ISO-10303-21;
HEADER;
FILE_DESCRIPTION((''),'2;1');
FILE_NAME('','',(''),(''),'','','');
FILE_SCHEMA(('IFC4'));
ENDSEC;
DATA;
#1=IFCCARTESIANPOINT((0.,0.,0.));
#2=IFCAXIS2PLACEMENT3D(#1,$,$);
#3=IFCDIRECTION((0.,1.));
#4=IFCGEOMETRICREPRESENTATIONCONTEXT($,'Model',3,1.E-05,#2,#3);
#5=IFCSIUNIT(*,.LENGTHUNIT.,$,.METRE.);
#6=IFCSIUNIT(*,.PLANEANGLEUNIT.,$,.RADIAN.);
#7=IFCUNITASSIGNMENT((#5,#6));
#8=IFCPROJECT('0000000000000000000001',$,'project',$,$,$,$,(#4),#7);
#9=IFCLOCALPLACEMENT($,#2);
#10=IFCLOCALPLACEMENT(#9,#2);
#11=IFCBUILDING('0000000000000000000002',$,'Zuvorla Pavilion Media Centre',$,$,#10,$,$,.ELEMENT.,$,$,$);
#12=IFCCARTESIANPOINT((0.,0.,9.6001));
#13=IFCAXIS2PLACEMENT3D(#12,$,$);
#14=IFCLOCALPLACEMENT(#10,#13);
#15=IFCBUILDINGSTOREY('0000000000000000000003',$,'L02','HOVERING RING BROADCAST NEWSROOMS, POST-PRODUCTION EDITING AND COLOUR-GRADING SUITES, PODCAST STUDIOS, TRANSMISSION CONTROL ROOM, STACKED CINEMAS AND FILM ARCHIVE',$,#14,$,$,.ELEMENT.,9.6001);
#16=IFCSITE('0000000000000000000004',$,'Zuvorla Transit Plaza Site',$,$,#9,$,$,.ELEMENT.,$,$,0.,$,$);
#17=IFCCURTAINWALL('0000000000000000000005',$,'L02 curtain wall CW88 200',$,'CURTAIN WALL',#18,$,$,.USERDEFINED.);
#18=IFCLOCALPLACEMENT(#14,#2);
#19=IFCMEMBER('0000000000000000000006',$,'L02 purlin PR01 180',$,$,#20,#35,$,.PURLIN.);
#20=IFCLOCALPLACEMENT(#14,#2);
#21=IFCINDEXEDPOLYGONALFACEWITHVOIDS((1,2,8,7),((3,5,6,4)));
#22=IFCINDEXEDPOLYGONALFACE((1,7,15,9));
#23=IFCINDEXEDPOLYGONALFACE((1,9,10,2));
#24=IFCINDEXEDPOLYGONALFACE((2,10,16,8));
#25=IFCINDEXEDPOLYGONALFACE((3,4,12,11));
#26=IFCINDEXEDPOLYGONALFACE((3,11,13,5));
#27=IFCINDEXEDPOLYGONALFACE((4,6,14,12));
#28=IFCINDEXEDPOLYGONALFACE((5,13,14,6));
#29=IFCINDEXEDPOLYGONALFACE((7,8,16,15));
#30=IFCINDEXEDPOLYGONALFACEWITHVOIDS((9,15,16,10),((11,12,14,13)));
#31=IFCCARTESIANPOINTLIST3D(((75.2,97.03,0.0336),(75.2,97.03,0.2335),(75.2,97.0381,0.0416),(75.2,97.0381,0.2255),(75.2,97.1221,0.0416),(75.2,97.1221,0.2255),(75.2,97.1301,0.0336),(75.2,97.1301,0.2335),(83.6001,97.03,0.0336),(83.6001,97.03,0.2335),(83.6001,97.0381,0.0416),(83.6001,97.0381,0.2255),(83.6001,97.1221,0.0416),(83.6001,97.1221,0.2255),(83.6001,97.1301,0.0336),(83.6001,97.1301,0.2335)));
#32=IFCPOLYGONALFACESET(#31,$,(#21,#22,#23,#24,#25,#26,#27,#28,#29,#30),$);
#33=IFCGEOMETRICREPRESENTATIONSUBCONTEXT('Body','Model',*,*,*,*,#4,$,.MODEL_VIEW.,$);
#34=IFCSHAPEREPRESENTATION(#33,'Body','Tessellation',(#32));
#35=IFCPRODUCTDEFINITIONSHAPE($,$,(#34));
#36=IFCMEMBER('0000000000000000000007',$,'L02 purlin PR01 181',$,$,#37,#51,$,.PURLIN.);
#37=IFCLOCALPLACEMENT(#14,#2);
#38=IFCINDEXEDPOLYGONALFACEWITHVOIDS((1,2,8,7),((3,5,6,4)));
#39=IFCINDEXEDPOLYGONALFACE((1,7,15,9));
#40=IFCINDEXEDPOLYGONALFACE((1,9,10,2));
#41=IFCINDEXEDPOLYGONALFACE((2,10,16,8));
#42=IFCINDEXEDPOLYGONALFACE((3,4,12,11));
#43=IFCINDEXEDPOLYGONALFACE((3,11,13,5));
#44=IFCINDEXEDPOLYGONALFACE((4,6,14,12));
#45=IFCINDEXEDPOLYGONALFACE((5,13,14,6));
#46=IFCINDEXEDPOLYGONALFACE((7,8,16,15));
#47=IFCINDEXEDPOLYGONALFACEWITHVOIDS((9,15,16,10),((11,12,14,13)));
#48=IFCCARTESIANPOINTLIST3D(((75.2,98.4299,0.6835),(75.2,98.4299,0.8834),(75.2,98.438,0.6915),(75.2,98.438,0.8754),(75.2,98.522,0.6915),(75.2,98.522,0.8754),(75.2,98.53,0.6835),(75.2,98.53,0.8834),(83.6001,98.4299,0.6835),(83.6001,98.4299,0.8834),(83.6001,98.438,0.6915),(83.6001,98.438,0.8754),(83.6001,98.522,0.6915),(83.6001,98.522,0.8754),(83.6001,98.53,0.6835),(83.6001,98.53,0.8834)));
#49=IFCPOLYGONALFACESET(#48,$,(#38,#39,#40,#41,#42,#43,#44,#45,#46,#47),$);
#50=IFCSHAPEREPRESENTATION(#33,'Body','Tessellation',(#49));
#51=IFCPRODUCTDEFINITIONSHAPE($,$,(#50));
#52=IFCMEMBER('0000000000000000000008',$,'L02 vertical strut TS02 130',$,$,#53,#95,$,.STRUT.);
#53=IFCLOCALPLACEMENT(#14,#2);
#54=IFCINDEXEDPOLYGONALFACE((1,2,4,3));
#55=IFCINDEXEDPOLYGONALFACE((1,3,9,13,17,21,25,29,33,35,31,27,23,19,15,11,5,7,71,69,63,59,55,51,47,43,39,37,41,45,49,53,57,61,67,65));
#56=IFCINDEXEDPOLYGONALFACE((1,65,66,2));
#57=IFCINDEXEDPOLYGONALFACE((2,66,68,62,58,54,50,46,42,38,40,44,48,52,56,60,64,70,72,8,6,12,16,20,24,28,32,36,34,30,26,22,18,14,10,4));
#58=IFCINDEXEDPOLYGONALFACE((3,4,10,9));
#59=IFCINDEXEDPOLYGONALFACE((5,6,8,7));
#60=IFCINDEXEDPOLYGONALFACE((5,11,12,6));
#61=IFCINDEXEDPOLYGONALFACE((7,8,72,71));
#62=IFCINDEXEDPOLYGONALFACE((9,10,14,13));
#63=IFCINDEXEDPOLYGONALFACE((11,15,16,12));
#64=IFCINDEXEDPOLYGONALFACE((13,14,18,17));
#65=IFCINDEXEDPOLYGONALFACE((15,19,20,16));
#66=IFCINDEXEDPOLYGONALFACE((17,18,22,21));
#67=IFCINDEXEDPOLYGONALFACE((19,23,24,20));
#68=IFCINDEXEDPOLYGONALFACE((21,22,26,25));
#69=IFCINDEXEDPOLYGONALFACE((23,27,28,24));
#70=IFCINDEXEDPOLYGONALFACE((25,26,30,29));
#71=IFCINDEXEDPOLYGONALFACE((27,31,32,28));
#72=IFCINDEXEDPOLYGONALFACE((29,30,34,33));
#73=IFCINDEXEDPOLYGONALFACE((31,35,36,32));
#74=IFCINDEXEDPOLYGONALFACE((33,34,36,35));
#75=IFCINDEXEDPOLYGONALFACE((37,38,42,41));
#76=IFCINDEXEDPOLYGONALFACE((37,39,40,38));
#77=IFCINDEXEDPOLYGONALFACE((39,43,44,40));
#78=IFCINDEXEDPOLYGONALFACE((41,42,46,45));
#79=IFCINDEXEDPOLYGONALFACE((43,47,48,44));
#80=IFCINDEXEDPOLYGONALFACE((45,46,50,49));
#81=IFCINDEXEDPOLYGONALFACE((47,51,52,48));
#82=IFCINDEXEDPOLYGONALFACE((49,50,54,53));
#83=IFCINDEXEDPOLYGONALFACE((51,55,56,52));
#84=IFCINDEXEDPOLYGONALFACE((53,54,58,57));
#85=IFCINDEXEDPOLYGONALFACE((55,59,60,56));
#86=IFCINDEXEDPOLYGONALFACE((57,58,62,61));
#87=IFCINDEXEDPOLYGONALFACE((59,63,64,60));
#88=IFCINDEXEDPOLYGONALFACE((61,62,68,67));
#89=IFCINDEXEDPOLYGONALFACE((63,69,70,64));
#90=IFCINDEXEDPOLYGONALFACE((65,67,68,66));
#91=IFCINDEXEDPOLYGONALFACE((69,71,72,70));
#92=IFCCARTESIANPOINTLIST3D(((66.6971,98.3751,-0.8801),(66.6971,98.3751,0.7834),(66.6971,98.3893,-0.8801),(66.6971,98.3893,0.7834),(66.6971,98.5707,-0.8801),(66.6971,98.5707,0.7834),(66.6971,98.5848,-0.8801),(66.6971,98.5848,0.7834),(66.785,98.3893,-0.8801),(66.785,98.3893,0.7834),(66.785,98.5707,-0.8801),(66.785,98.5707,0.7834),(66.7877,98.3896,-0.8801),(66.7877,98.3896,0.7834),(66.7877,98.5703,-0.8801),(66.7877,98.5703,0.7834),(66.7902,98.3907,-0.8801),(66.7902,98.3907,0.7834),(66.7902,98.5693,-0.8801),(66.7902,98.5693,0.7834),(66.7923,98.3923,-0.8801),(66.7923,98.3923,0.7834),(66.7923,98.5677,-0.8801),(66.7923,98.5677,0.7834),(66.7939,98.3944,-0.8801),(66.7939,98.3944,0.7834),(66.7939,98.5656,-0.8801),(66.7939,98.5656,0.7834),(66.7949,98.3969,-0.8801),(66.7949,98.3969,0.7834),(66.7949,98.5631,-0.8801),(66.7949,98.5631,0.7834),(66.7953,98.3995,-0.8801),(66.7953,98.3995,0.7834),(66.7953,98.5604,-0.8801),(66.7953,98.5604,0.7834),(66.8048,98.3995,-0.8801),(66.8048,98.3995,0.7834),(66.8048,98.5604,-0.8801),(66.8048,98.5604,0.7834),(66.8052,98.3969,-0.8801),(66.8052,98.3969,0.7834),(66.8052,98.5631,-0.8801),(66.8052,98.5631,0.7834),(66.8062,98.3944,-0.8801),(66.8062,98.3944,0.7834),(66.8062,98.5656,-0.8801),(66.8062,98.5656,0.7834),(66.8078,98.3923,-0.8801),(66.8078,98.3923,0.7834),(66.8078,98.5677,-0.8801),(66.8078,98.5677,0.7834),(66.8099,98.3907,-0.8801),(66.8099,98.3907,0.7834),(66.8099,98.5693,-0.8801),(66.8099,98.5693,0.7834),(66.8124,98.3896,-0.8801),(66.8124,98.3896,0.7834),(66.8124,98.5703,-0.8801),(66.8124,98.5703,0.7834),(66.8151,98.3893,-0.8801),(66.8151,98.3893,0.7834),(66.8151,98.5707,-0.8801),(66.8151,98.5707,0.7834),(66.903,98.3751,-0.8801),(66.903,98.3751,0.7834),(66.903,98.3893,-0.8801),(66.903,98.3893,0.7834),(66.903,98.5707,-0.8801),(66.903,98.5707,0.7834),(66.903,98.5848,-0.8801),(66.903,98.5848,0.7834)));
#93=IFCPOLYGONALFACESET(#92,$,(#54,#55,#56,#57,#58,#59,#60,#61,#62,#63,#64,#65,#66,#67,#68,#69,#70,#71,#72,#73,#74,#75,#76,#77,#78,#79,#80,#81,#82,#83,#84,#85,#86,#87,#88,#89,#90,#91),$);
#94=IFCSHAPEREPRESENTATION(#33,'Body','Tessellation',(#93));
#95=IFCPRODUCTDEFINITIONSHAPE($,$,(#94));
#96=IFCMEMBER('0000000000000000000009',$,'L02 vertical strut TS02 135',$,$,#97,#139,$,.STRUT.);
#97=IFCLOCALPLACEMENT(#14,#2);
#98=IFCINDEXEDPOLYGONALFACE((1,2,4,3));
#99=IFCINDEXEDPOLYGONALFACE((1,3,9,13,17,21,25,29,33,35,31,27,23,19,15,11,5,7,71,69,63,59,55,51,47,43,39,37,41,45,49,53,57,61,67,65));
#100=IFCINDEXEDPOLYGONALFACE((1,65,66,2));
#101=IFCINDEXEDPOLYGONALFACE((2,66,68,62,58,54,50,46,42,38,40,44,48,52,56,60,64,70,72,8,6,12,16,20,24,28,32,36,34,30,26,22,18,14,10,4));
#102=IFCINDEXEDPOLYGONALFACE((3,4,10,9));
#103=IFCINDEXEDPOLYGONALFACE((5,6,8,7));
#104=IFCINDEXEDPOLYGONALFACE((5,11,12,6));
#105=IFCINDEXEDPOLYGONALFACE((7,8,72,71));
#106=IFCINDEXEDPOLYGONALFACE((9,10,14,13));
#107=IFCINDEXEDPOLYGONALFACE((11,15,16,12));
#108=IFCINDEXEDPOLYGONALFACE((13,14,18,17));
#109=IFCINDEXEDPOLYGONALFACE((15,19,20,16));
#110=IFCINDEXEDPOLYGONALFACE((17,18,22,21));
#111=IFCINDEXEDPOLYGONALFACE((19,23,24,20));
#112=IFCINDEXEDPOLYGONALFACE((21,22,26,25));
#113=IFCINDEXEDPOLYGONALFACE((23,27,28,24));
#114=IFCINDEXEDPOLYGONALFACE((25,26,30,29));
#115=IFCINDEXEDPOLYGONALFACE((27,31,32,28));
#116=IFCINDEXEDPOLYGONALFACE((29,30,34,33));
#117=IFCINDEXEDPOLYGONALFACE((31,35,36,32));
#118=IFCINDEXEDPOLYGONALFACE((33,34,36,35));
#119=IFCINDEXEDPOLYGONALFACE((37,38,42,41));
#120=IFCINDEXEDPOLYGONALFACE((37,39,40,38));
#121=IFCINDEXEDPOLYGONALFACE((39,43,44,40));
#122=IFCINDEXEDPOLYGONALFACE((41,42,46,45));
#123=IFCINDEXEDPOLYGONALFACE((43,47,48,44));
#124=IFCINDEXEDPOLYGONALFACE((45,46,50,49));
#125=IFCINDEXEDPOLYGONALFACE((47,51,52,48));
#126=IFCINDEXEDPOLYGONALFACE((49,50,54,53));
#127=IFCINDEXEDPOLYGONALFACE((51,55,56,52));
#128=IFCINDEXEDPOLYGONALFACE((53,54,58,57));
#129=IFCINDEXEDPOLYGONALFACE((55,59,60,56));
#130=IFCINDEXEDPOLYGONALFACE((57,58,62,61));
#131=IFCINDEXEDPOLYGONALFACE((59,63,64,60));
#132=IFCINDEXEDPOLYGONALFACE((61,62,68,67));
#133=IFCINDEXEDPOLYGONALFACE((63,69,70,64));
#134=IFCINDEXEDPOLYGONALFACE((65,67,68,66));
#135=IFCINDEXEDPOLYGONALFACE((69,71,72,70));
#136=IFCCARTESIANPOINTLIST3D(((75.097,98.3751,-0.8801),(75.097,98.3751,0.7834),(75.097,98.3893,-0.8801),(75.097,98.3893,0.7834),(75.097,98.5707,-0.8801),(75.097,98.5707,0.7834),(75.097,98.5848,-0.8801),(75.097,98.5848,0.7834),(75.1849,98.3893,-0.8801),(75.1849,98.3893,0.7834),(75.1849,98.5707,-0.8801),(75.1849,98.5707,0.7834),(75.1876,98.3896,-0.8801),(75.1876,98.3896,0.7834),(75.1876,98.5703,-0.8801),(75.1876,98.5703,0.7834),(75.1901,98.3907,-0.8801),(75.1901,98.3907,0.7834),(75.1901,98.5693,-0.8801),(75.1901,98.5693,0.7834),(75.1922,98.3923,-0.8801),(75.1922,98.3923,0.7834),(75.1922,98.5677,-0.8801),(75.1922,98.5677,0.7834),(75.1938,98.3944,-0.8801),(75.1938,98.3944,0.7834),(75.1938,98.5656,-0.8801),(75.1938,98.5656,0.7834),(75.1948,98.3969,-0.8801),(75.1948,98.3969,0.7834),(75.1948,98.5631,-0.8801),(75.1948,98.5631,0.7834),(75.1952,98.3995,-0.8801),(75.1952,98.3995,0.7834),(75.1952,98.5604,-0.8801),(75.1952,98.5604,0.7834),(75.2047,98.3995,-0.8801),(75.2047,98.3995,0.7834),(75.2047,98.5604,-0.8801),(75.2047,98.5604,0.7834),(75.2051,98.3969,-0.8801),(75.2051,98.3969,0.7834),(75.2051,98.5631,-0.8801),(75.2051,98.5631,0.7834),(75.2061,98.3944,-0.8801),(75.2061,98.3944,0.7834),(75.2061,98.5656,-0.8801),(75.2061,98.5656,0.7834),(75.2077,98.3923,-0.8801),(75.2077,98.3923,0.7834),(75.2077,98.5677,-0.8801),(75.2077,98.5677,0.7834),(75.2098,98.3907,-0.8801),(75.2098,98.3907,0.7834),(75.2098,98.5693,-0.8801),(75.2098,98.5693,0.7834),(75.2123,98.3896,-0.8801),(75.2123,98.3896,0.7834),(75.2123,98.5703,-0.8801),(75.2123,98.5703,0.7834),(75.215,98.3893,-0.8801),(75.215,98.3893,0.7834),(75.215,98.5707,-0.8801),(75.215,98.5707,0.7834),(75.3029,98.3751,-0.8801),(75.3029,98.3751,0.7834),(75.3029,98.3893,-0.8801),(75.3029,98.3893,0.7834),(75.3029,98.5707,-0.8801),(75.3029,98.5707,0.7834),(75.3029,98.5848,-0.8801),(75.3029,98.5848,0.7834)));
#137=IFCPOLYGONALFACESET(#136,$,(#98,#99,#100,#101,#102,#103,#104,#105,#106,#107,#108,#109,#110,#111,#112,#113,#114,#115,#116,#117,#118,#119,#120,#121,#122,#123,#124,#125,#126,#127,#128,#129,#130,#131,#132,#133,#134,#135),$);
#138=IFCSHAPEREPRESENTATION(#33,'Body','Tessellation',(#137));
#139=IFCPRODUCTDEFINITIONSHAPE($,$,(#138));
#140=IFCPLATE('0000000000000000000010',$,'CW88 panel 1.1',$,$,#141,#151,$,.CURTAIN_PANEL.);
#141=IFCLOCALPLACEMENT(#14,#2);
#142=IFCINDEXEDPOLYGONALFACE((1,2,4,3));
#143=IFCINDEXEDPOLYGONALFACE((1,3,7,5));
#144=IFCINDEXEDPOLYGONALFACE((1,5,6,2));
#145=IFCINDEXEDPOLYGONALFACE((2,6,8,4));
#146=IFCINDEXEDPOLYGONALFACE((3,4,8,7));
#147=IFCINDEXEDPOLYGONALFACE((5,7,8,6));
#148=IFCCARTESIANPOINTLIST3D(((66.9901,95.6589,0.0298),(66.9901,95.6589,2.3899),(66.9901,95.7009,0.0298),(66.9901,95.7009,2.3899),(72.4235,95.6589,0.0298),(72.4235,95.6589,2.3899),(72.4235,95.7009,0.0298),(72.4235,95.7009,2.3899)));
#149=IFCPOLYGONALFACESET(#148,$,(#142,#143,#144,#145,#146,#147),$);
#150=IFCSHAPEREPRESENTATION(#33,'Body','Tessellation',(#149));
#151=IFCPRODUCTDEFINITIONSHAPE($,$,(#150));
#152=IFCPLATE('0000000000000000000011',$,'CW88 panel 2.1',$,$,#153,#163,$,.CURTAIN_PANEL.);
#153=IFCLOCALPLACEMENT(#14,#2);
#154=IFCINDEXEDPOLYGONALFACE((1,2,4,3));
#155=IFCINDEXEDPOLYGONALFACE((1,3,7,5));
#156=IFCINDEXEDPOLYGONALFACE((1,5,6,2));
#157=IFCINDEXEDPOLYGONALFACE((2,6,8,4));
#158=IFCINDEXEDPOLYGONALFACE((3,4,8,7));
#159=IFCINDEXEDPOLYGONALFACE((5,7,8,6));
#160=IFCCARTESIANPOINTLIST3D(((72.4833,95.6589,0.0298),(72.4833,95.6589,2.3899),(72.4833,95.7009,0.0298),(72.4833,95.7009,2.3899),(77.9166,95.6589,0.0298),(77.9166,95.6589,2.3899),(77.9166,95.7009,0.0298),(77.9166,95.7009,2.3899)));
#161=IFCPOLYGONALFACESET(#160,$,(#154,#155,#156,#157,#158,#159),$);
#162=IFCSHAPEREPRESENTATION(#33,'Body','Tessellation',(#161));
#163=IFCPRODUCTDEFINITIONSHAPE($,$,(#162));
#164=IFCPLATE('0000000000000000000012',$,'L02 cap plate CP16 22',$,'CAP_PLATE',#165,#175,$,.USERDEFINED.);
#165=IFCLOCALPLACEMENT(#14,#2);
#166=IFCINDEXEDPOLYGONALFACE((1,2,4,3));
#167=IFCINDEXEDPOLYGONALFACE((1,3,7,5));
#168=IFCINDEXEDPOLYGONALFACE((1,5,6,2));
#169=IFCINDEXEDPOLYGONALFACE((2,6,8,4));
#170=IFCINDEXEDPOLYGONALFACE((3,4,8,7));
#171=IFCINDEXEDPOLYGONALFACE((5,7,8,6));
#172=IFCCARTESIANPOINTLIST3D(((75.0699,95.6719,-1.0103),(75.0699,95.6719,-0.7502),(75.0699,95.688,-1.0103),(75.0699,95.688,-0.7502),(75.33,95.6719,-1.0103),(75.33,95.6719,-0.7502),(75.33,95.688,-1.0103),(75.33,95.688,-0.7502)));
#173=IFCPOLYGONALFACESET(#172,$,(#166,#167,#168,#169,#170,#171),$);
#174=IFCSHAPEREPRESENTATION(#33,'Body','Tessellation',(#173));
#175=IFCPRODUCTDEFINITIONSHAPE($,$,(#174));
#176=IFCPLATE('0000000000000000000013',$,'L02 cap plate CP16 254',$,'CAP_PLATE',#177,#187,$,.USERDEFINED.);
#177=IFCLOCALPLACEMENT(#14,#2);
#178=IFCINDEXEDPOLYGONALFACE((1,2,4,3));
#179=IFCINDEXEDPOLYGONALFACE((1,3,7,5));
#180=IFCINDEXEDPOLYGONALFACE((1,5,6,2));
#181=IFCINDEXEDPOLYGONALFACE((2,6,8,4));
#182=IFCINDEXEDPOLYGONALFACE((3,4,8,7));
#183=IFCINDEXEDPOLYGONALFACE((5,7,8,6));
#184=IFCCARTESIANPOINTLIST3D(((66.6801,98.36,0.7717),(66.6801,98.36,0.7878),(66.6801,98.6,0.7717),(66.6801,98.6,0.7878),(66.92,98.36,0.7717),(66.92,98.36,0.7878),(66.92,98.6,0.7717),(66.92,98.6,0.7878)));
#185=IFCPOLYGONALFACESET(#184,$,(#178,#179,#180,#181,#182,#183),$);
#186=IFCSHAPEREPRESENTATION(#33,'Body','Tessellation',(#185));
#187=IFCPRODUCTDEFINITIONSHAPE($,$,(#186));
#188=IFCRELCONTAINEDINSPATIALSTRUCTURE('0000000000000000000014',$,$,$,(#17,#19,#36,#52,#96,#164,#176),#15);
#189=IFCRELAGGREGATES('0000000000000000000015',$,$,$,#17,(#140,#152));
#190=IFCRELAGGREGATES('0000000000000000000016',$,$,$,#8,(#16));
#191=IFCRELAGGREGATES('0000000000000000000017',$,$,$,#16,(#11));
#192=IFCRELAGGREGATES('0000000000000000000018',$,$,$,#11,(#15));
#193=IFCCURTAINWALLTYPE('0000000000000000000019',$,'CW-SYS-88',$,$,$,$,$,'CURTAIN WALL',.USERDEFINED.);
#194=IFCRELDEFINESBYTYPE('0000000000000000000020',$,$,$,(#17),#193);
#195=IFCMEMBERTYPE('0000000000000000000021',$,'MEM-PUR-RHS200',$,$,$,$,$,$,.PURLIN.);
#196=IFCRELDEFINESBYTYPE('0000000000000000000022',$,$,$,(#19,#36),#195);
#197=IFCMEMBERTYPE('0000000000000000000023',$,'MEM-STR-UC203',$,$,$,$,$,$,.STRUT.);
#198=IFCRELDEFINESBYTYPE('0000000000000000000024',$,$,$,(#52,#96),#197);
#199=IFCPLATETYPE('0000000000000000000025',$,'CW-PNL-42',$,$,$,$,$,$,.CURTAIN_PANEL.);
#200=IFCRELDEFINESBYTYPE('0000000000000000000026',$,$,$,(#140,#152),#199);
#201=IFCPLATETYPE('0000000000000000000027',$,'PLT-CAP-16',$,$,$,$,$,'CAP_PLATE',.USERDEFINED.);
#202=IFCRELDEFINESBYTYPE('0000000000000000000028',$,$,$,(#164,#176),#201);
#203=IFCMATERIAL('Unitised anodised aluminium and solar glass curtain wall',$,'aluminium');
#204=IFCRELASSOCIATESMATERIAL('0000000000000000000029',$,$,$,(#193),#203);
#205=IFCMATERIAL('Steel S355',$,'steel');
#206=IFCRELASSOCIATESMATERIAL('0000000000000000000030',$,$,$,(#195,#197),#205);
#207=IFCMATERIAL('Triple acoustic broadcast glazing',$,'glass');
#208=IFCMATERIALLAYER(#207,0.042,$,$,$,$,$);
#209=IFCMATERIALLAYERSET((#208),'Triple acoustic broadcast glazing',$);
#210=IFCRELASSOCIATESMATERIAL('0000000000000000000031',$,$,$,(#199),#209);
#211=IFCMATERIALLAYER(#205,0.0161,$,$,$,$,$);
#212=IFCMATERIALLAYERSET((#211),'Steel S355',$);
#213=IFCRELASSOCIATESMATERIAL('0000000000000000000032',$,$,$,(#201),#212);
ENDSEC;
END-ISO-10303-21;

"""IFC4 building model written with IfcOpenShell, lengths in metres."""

from ifc_helpers import new_model, si_unit, direction, frame, origin, origin_2d, place, context, subcontext, project, spatial, rectangle, hollow_rectangle, i_section, extrude, material, layer, layer_set, material_profile, profile_set, type_object, element, aggregate, save


model = new_model("IFC4")

# Units and contexts
model_context = context("Model", 3, precision=1e-05, world=origin(), true_north=direction((0.0, 1.0)))
body_context = subcontext(model_context, "Body", "Model", "MODEL_VIEW")
ifc_project = project(units=[si_unit("LENGTHUNIT", "METRE"), si_unit("PLANEANGLEUNIT", "RADIAN")], contexts=[model_context])

# Site, building, storey
site_placement = place(None, origin())
site = spatial("IfcSite", under=ifc_project, at=site_placement, Name="Zuvorla Transit Plaza Site", CompositionType="ELEMENT", RefElevation=0.0)
building_placement = place(site_placement, origin())
building = spatial("IfcBuilding", under=site, at=building_placement, Name="Zuvorla Pavilion Media Centre", CompositionType="ELEMENT")
storey_placement = place(building_placement, frame((0.0, 0.0, 9.6001)))
storey = spatial("IfcBuildingStorey", under=building, at=storey_placement, Name="L02", Description="HOVERING RING BROADCAST NEWSROOMS, POST-PRODUCTION EDITING AND COLOUR-GRADING SUITES, PODCAST STUDIOS, TRANSMISSION CONTROL ROOM, STACKED CINEMAS AND FILM ARCHIVE", CompositionType="ELEMENT", Elevation=9.6001)

# Shared definitions
ifc_material_1 = material(Name="Steel S355", Category="steel")

# Curtain wall
ifc_material_2 = material(Name="Unitised anodised aluminium and solar glass curtain wall", Category="aluminium")
curtain_wall_type = type_object("IfcCurtainWallType", Name="CW-SYS-88", ElementType="CURTAIN WALL", PredefinedType="USERDEFINED", material=ifc_material_2)
curtain_wall_placement = place(storey_placement, origin())
curtain_wall = element("IfcCurtainWall", 1, at=curtain_wall_placement, inside=storey, type_object=curtain_wall_type, Name="L02 curtain wall CW88 200", ObjectType="CURTAIN WALL", PredefinedType="USERDEFINED")

# Members
ifc_material_profile_1 = material_profile(ifc_material_1, hollow_rectangle(XDim=0.1001, YDim=0.2, WallThickness=0.0081, at=origin_2d()), Name="RHS 200x100x8")
ifc_profile_set_1 = profile_set([ifc_material_profile_1], Name="Steel S355")
member_type_1 = type_object("IfcMemberType", Name="MEM-PUR-RHS200", PredefinedType="PURLIN", material=ifc_profile_set_1)
for number, where, z_axis, x_axis, name in (
    (2, (75.2, 97.0801, 0.1335), (1.0, 0.0, 0.0), (0.0, 1.0, 0.0), "L02 purlin PR01 180"),
    (3, (75.2, 98.48, 0.7834), (1.0, 0.0, 0.0), (0.0, 1.0, 0.0), "L02 purlin PR01 181"),
):
    element("IfcMember", number, at=place(storey_placement, frame(where, z_axis=z_axis, x_axis=x_axis)), inside=storey, type_object=member_type_1, Name=name, PredefinedType="PURLIN", context=body_context, shape_type="SweptSolid", body=[
        extrude(hollow_rectangle(XDim=0.1001, YDim=0.2, WallThickness=0.0081, at=origin_2d()), origin(), (0.0, 0.0, 1.0), 8.4001),
    ])
ifc_material_profile_2 = material_profile(ifc_material_1, i_section(OverallWidth=0.2058, OverallDepth=0.2097, WebThickness=0.0095, FlangeThickness=0.0142, FilletRadius=0.0103, at=origin_2d()), Name="UC 203x203x60")
ifc_profile_set_2 = profile_set([ifc_material_profile_2], Name="Steel S355")
member_type_2 = type_object("IfcMemberType", Name="MEM-STR-UC203", PredefinedType="STRUT", material=ifc_profile_set_2)
for number, where, z_axis, x_axis, name in (
    (4, (66.8, 98.48, -0.8801), (0.0, 0.0, 1.0), (1.0, 0.0, 0.0), "L02 vertical strut TS02 130"),
    (5, (75.2, 98.48, -0.8801), (0.0, 0.0, 1.0), (1.0, 0.0, 0.0), "L02 vertical strut TS02 135"),
):
    element("IfcMember", number, at=place(storey_placement, frame(where, z_axis=z_axis, x_axis=x_axis)), inside=storey, type_object=member_type_2, Name=name, PredefinedType="STRUT", context=body_context, shape_type="SweptSolid", body=[
        extrude(i_section(OverallWidth=0.2058, OverallDepth=0.2097, WebThickness=0.0095, FlangeThickness=0.0142, FilletRadius=0.0103, at=origin_2d()), origin(), (0.0, 0.0, 1.0), 1.6636),
    ])

# Plates
ifc_material_3 = material(Name="Triple acoustic broadcast glazing", Category="glass")
ifc_layer_1 = layer(ifc_material_3, 0.042)
ifc_layer_set_1 = layer_set([ifc_layer_1], Name="Triple acoustic broadcast glazing")
plate_type_1 = type_object("IfcPlateType", Name="CW-PNL-42", PredefinedType="CURTAIN_PANEL", material=ifc_layer_set_1)
plate_1_placement = place(storey_placement, frame((69.7068, 95.6799, 0.0298), z_axis=(0.0, 0.0, 1.0), x_axis=(1.0, 0.0, 0.0)))
plate_1 = element("IfcPlate", 6, at=plate_1_placement, type_object=plate_type_1, Name="CW88 panel 1.1", PredefinedType="CURTAIN_PANEL", context=body_context, shape_type="SweptSolid", body=[
    extrude(rectangle(XDim=5.4333, YDim=0.042, at=origin_2d()), origin(), (0.0, 0.0, 1.0), 2.3601),
])
plate_2_placement = place(storey_placement, frame((75.2, 95.6799, 0.0298), z_axis=(0.0, 0.0, 1.0), x_axis=(1.0, 0.0, 0.0)))
plate_2 = element("IfcPlate", 7, at=plate_2_placement, type_object=plate_type_1, Name="CW88 panel 2.1", PredefinedType="CURTAIN_PANEL", context=body_context, shape_type="SweptSolid", body=[
    extrude(rectangle(XDim=5.4333, YDim=0.042, at=origin_2d()), origin(), (0.0, 0.0, 1.0), 2.3601),
])
aggregate(curtain_wall, [plate_1, plate_2])

# Plates
ifc_layer_2 = layer(ifc_material_1, 0.0161)
ifc_layer_set_2 = layer_set([ifc_layer_2], Name="Steel S355")
plate_type_2 = type_object("IfcPlateType", Name="PLT-CAP-16", ElementType="CAP_PLATE", PredefinedType="USERDEFINED", material=ifc_layer_set_2)
plate_3_placement = place(storey_placement, frame((75.2, 95.6799, -1.0103), z_axis=(0.0, 0.0, 1.0), x_axis=(1.0, 0.0, 0.0)))
element("IfcPlate", 8, at=plate_3_placement, inside=storey, type_object=plate_type_2, Name="L02 cap plate CP16 22", ObjectType="CAP_PLATE", PredefinedType="USERDEFINED", context=body_context, shape_type="SweptSolid", body=[
    extrude(rectangle(XDim=0.26, YDim=0.0161, at=origin_2d()), origin(), (0.0, 0.0, 1.0), 0.26),
])
plate_4_placement = place(storey_placement, frame((66.8, 98.48, 0.7717), z_axis=(0.0, 0.0, 1.0), x_axis=(1.0, 0.0, 0.0)))
element("IfcPlate", 9, at=plate_4_placement, inside=storey, type_object=plate_type_2, Name="L02 cap plate CP16 254", ObjectType="CAP_PLATE", PredefinedType="USERDEFINED", context=body_context, shape_type="SweptSolid", body=[
    extrude(rectangle(XDim=0.24, YDim=0.24, at=origin_2d()), origin(), (0.0, 0.0, 1.0), 0.0161),
])

save(model, "model.ifc")
